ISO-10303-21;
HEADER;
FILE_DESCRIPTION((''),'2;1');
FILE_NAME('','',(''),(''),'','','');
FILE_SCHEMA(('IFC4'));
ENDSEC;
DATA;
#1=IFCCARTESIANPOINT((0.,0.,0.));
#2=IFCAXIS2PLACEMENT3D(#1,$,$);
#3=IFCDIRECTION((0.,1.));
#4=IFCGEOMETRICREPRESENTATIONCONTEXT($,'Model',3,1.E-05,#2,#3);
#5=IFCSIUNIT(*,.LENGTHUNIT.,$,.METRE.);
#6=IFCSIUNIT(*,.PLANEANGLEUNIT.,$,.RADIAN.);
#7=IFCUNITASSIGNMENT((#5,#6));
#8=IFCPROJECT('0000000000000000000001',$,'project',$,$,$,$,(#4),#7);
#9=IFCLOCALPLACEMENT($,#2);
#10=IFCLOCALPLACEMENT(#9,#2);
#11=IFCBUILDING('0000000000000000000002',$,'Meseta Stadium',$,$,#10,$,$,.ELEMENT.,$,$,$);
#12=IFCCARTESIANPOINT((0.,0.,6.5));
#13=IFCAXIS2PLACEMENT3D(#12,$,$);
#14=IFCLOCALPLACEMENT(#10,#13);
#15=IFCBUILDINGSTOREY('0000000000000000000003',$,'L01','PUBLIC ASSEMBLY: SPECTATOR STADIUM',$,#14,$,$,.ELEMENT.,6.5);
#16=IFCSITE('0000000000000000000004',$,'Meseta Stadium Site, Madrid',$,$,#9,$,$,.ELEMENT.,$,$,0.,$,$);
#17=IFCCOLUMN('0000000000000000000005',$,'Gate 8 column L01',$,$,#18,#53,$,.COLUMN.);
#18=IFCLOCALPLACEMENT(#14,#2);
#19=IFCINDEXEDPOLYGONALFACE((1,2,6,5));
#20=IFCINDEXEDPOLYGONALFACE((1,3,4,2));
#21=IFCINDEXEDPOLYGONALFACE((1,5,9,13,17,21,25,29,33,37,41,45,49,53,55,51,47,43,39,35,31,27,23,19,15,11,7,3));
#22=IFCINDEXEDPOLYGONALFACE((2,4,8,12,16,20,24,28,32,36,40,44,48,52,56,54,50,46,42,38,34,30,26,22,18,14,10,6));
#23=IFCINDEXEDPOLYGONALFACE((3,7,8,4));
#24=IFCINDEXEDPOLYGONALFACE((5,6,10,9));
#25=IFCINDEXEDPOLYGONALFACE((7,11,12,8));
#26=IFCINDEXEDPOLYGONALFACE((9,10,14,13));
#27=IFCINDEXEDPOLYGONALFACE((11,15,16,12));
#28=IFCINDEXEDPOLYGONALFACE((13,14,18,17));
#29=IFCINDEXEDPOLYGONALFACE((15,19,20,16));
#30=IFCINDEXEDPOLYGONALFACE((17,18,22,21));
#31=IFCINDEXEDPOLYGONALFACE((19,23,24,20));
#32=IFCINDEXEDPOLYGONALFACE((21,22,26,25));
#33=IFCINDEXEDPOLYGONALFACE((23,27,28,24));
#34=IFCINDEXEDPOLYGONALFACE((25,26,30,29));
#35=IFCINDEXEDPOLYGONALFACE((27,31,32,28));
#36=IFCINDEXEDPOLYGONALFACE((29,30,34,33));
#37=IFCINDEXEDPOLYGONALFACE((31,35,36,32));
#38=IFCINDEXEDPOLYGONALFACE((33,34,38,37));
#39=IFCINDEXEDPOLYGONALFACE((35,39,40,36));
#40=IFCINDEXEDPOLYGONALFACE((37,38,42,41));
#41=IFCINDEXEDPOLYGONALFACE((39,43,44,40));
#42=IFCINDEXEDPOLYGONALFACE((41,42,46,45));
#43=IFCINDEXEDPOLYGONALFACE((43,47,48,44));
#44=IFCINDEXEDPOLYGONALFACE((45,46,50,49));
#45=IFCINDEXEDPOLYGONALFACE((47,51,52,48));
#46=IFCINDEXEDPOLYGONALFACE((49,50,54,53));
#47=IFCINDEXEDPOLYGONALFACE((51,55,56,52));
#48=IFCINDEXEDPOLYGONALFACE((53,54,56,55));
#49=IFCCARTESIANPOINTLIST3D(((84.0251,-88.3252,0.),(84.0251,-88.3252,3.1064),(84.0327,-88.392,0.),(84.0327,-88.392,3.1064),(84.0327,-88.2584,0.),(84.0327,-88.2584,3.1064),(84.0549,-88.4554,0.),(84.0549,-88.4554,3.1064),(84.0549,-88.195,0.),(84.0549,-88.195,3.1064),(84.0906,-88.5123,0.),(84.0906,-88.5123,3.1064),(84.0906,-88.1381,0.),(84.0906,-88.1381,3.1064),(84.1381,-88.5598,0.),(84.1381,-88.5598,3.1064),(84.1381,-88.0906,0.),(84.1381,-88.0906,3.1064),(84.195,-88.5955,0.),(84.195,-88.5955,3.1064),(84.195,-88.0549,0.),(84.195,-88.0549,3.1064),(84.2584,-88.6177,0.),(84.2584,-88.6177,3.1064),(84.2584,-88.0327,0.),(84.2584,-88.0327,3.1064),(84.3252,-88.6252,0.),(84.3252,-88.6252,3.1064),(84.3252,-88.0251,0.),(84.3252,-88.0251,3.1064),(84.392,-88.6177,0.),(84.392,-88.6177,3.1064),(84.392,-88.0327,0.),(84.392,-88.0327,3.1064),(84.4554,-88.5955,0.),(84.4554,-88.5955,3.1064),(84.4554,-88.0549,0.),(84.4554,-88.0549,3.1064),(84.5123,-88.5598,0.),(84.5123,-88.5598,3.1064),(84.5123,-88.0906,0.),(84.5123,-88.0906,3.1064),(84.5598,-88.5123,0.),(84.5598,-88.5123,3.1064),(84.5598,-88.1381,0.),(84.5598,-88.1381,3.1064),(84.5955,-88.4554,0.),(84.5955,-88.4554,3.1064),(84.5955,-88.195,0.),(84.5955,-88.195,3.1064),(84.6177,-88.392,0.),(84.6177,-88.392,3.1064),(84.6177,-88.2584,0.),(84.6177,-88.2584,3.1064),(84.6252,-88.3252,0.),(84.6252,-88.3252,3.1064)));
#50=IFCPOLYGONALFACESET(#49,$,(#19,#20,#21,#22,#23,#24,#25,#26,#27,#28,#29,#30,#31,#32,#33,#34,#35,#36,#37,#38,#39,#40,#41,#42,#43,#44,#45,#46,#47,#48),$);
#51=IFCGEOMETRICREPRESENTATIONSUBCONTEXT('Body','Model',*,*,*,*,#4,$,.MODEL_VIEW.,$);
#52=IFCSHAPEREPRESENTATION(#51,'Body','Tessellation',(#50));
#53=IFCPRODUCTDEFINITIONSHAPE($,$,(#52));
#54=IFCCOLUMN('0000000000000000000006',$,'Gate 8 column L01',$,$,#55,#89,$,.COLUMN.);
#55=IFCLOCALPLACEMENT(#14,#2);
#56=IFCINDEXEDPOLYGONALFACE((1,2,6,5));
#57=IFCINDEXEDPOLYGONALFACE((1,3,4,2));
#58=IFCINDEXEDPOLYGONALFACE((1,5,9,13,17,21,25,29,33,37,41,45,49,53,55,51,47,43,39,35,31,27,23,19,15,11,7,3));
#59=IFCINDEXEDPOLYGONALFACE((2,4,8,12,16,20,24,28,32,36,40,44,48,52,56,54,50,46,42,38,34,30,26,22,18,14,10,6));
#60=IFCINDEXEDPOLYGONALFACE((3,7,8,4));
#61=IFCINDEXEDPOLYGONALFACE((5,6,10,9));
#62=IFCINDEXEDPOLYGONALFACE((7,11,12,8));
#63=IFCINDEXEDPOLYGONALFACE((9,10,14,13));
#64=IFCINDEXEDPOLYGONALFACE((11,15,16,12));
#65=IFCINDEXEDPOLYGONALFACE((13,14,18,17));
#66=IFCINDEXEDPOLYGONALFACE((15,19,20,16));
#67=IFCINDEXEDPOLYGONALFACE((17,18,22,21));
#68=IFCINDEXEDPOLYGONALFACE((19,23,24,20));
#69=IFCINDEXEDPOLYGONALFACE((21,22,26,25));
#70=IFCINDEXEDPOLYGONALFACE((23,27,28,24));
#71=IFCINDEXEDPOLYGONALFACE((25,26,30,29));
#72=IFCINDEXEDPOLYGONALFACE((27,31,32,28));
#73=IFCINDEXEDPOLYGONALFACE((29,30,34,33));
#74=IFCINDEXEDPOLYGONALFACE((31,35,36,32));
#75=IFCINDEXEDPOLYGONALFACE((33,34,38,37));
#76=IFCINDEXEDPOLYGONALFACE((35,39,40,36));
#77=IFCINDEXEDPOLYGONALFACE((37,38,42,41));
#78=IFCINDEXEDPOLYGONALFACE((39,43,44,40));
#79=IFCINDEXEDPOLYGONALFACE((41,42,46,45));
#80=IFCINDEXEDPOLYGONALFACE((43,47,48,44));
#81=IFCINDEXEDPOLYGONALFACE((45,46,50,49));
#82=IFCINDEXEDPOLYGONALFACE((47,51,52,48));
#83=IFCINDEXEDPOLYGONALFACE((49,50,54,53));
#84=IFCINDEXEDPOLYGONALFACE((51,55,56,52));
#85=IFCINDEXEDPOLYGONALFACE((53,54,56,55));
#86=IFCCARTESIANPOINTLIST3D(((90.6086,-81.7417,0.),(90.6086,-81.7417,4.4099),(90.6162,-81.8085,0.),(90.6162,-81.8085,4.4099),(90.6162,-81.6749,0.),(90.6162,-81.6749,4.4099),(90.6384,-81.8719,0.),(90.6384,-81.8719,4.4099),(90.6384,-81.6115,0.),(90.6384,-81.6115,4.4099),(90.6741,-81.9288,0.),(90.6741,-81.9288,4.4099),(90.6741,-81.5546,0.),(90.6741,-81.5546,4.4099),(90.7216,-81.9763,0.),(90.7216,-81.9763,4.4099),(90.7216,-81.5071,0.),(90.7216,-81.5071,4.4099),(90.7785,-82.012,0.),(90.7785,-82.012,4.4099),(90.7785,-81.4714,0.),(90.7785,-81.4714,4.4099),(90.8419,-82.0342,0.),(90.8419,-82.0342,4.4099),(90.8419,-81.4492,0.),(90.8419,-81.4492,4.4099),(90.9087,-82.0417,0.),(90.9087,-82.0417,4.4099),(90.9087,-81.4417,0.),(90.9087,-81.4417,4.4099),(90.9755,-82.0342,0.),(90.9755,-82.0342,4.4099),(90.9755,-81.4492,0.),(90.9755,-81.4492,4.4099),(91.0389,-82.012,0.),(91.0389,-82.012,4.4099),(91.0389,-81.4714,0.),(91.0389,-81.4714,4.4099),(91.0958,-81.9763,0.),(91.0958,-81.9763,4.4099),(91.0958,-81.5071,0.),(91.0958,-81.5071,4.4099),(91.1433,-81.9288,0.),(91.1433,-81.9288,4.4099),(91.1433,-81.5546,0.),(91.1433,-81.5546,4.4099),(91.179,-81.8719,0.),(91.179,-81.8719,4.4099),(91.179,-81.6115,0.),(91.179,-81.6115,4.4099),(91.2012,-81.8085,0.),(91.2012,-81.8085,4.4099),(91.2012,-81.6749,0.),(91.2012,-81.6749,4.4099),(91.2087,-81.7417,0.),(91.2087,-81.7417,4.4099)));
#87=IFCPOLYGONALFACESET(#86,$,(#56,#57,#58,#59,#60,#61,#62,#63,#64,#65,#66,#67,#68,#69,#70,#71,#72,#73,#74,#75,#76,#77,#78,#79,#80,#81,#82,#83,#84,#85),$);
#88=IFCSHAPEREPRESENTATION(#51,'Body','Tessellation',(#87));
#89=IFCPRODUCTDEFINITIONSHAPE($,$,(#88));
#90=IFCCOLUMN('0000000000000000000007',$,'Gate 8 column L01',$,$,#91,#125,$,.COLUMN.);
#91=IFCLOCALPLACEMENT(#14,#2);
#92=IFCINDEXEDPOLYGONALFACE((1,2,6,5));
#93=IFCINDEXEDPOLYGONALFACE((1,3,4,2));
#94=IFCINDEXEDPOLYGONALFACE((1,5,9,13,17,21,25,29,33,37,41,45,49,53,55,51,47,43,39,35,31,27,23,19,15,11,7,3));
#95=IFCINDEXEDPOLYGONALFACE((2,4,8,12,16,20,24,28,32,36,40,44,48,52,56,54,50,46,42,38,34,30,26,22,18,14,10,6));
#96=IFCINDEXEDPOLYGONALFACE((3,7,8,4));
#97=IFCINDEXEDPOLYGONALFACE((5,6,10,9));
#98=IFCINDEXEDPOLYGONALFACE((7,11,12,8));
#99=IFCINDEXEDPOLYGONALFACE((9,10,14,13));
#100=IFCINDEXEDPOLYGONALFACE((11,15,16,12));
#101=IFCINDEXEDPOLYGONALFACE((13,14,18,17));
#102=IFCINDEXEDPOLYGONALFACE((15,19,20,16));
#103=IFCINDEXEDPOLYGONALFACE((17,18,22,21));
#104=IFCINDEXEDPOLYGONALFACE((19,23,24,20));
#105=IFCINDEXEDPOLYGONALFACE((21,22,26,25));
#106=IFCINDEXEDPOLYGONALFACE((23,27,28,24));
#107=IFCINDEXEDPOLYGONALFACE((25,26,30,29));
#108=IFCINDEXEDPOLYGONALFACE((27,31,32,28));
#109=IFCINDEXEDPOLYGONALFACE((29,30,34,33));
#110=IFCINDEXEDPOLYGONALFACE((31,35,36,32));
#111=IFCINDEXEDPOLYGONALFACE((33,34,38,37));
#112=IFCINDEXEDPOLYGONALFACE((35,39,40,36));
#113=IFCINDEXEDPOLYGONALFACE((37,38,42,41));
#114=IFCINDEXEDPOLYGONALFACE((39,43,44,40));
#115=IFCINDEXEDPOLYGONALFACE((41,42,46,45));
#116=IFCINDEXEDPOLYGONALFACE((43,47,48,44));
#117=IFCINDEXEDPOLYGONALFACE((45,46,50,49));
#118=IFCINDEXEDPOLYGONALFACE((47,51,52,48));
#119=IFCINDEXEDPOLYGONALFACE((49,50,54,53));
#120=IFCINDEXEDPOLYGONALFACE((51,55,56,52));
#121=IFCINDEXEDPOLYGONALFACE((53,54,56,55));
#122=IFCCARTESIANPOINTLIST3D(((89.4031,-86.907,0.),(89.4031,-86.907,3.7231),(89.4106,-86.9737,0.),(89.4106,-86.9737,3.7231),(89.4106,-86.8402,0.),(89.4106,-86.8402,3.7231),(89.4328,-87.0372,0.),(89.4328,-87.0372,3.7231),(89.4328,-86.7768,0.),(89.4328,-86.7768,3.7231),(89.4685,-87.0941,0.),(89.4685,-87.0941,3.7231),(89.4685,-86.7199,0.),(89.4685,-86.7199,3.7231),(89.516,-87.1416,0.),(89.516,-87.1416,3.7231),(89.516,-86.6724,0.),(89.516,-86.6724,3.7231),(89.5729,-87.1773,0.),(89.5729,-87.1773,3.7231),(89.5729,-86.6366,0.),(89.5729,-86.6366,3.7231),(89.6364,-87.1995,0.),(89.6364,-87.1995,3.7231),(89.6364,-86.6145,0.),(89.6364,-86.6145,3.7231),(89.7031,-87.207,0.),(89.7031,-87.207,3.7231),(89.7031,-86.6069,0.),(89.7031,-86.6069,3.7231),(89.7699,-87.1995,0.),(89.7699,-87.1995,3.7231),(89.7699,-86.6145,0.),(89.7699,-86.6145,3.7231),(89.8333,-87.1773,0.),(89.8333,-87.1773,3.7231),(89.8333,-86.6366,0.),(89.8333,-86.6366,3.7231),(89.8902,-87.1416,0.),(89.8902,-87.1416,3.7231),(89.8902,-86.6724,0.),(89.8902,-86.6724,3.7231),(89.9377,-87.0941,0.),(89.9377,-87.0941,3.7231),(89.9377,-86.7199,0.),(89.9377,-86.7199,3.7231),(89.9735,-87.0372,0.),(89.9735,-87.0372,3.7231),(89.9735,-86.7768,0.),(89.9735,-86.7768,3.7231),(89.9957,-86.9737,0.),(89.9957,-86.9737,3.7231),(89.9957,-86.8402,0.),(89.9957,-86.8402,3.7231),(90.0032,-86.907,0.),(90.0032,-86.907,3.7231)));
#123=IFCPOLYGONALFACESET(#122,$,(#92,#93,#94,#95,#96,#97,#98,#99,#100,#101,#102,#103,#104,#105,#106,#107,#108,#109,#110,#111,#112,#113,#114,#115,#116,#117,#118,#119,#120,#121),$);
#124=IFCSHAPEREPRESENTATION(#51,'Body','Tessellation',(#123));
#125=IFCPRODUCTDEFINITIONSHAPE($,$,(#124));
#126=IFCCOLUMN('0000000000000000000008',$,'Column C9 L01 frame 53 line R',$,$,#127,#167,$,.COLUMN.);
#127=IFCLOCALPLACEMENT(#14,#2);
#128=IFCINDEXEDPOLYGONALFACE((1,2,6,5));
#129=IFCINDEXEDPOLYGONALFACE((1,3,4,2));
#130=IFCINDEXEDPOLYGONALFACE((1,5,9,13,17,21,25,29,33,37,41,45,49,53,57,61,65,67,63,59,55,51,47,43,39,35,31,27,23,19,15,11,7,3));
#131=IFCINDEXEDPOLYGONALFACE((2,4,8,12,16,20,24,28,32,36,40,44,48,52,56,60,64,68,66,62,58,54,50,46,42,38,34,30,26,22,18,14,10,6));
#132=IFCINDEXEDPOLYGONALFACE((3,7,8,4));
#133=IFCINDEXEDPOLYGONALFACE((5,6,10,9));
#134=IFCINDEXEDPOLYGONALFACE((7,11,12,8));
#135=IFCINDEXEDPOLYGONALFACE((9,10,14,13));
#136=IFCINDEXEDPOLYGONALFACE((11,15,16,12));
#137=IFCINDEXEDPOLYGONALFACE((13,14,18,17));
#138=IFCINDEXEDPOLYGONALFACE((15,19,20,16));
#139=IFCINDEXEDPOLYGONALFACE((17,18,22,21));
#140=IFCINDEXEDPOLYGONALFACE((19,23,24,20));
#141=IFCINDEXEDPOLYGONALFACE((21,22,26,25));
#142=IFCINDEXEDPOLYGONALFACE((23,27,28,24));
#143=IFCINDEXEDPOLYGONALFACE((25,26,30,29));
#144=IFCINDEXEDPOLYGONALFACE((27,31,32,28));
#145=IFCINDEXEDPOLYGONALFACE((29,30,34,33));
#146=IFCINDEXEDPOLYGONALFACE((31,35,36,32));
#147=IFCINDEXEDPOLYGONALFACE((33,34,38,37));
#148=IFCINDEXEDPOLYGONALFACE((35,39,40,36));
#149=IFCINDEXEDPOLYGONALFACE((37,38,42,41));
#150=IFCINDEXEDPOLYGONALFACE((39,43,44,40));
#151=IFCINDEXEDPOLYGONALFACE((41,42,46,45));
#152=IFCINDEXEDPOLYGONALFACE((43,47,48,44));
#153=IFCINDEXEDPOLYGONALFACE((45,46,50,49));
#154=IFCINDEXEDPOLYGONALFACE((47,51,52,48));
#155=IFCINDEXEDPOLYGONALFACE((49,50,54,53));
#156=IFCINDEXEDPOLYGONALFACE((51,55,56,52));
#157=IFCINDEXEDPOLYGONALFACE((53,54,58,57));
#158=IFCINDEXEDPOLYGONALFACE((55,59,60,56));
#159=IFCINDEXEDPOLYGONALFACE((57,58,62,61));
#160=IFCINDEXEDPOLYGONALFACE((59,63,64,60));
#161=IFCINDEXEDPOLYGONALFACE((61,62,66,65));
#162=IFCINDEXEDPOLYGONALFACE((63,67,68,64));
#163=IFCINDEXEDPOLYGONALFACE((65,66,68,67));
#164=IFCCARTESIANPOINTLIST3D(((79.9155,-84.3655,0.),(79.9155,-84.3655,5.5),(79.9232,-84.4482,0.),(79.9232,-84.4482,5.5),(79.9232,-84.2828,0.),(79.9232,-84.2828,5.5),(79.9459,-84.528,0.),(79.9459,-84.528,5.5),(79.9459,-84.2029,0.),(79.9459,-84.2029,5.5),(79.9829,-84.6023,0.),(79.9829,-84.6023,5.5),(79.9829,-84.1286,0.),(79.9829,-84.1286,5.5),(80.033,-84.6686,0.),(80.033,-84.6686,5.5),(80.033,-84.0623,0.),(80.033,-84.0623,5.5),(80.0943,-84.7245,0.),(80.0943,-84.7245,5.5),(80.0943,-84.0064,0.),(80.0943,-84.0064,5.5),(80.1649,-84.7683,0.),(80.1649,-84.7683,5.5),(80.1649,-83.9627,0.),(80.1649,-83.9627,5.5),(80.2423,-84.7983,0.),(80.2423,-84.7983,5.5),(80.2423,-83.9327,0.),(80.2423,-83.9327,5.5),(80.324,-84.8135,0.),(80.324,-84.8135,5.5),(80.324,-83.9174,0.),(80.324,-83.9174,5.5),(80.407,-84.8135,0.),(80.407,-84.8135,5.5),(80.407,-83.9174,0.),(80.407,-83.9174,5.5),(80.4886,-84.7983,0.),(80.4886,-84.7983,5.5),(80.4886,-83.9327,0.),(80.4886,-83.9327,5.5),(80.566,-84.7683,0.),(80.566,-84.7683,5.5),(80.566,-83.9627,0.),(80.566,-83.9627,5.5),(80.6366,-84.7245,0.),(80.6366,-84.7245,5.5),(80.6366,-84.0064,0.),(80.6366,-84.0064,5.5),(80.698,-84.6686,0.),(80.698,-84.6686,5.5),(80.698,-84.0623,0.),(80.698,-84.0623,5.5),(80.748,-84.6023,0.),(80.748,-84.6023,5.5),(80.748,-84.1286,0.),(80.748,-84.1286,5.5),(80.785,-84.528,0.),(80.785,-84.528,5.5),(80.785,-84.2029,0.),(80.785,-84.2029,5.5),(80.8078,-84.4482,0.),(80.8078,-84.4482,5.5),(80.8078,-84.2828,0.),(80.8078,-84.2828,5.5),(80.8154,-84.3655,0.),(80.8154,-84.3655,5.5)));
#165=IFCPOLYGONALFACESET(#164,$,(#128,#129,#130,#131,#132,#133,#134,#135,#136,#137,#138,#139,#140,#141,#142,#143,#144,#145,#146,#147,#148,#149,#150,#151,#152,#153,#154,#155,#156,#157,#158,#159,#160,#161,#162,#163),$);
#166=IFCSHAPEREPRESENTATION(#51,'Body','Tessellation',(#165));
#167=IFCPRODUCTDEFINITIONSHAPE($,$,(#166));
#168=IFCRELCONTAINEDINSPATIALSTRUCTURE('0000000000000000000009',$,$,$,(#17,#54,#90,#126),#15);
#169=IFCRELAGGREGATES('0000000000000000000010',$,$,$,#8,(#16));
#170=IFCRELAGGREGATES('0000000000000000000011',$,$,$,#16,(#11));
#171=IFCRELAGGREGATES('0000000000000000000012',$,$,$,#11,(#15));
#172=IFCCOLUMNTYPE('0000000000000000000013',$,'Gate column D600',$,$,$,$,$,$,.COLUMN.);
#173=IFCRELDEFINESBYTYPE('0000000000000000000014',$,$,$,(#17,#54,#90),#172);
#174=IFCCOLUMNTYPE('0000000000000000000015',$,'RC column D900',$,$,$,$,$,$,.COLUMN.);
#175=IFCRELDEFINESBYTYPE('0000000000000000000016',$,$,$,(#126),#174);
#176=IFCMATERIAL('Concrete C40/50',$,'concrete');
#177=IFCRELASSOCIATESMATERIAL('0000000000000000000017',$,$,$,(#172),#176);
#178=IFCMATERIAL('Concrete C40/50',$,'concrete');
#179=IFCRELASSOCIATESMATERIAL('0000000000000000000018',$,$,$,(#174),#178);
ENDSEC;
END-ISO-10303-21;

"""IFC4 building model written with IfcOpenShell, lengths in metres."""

from ifc_helpers import new_model, si_unit, direction, frame, origin, origin_2d, place, context, subcontext, project, spatial, circle, extrude, material, material_profile, profile_set, type_object, element, save


model = new_model("IFC4")

# Units and contexts
model_context = context("Model", 3, precision=1e-05, world=origin(), true_north=direction((0.0, 1.0)))
body_context = subcontext(model_context, "Body", "Model", "MODEL_VIEW")
ifc_project = project(units=[si_unit("LENGTHUNIT", "METRE"), si_unit("PLANEANGLEUNIT", "RADIAN")], contexts=[model_context])

# Site, building, storey
site_placement = place(None, origin())
site = spatial("IfcSite", under=ifc_project, at=site_placement, Name="Meseta Stadium Site, Madrid", CompositionType="ELEMENT", RefElevation=0.0)
building_placement = place(site_placement, origin())
building = spatial("IfcBuilding", under=site, at=building_placement, Name="Meseta Stadium", CompositionType="ELEMENT")
storey_placement = place(building_placement, frame((0.0, 0.0, 6.5)))
storey = spatial("IfcBuildingStorey", under=building, at=storey_placement, Name="L01", Description="PUBLIC ASSEMBLY: SPECTATOR STADIUM", CompositionType="ELEMENT", Elevation=6.5)

# Columns
ifc_material_1 = material(Name="Concrete C40/50", Category="concrete")
ifc_material_profile_1 = material_profile(ifc_material_1, circle(Radius=0.3, at=origin_2d()), Name="RC D600")
ifc_profile_set_1 = profile_set([ifc_material_profile_1], Name="Concrete C40/50")
column_type_1 = type_object("IfcColumnType", Name="Gate column D600", PredefinedType="COLUMN", material=ifc_profile_set_1)
column_1_placement = place(storey_placement, frame((84.3252, -88.3252, 0.0), z_axis=(0.0, 0.0, 1.0), x_axis=(1.0, 0.0, 0.0)))
element("IfcColumn", 1, at=column_1_placement, inside=storey, type_object=column_type_1, Name="Gate 8 column L01", PredefinedType="COLUMN", context=body_context, shape_type="SweptSolid", body=[
    extrude(circle(Radius=0.3, at=origin_2d()), origin(), (0.0, 0.0, 1.0), 3.1064),
])
column_2_placement = place(storey_placement, frame((90.9087, -81.7417, 0.0), z_axis=(0.0, 0.0, 1.0), x_axis=(1.0, 0.0, 0.0)))
element("IfcColumn", 2, at=column_2_placement, inside=storey, type_object=column_type_1, Name="Gate 8 column L01", PredefinedType="COLUMN", context=body_context, shape_type="SweptSolid", body=[
    extrude(circle(Radius=0.3, at=origin_2d()), origin(), (0.0, 0.0, 1.0), 4.4099),
])
column_3_placement = place(storey_placement, frame((89.7031, -86.907, 0.0), z_axis=(0.0, 0.0, 1.0), x_axis=(1.0, 0.0, 0.0)))
element("IfcColumn", 3, at=column_3_placement, inside=storey, type_object=column_type_1, Name="Gate 8 column L01", PredefinedType="COLUMN", context=body_context, shape_type="SweptSolid", body=[
    extrude(circle(Radius=0.3, at=origin_2d()), origin(), (0.0, 0.0, 1.0), 3.7231),
])
ifc_material_2 = material(Name="Concrete C40/50", Category="concrete")
ifc_material_profile_2 = material_profile(ifc_material_2, circle(Radius=0.45, at=origin_2d()), Name="RC D900")
ifc_profile_set_2 = profile_set([ifc_material_profile_2], Name="Concrete C40/50")
column_type_2 = type_object("IfcColumnType", Name="RC column D900", PredefinedType="COLUMN", material=ifc_profile_set_2)
column_4_placement = place(storey_placement, frame((80.3655, -84.3655, 0.0), z_axis=(0.0, 0.0, 1.0), x_axis=(1.0, 0.0, 0.0)))
element("IfcColumn", 4, at=column_4_placement, inside=storey, type_object=column_type_2, Name="Column C9 L01 frame 53 line R", PredefinedType="COLUMN", context=body_context, shape_type="SweptSolid", body=[
    extrude(circle(Radius=0.45, at=origin_2d()), origin(), (0.0, 0.0, 1.0), 5.5),
])

save(model, "model.ifc")
